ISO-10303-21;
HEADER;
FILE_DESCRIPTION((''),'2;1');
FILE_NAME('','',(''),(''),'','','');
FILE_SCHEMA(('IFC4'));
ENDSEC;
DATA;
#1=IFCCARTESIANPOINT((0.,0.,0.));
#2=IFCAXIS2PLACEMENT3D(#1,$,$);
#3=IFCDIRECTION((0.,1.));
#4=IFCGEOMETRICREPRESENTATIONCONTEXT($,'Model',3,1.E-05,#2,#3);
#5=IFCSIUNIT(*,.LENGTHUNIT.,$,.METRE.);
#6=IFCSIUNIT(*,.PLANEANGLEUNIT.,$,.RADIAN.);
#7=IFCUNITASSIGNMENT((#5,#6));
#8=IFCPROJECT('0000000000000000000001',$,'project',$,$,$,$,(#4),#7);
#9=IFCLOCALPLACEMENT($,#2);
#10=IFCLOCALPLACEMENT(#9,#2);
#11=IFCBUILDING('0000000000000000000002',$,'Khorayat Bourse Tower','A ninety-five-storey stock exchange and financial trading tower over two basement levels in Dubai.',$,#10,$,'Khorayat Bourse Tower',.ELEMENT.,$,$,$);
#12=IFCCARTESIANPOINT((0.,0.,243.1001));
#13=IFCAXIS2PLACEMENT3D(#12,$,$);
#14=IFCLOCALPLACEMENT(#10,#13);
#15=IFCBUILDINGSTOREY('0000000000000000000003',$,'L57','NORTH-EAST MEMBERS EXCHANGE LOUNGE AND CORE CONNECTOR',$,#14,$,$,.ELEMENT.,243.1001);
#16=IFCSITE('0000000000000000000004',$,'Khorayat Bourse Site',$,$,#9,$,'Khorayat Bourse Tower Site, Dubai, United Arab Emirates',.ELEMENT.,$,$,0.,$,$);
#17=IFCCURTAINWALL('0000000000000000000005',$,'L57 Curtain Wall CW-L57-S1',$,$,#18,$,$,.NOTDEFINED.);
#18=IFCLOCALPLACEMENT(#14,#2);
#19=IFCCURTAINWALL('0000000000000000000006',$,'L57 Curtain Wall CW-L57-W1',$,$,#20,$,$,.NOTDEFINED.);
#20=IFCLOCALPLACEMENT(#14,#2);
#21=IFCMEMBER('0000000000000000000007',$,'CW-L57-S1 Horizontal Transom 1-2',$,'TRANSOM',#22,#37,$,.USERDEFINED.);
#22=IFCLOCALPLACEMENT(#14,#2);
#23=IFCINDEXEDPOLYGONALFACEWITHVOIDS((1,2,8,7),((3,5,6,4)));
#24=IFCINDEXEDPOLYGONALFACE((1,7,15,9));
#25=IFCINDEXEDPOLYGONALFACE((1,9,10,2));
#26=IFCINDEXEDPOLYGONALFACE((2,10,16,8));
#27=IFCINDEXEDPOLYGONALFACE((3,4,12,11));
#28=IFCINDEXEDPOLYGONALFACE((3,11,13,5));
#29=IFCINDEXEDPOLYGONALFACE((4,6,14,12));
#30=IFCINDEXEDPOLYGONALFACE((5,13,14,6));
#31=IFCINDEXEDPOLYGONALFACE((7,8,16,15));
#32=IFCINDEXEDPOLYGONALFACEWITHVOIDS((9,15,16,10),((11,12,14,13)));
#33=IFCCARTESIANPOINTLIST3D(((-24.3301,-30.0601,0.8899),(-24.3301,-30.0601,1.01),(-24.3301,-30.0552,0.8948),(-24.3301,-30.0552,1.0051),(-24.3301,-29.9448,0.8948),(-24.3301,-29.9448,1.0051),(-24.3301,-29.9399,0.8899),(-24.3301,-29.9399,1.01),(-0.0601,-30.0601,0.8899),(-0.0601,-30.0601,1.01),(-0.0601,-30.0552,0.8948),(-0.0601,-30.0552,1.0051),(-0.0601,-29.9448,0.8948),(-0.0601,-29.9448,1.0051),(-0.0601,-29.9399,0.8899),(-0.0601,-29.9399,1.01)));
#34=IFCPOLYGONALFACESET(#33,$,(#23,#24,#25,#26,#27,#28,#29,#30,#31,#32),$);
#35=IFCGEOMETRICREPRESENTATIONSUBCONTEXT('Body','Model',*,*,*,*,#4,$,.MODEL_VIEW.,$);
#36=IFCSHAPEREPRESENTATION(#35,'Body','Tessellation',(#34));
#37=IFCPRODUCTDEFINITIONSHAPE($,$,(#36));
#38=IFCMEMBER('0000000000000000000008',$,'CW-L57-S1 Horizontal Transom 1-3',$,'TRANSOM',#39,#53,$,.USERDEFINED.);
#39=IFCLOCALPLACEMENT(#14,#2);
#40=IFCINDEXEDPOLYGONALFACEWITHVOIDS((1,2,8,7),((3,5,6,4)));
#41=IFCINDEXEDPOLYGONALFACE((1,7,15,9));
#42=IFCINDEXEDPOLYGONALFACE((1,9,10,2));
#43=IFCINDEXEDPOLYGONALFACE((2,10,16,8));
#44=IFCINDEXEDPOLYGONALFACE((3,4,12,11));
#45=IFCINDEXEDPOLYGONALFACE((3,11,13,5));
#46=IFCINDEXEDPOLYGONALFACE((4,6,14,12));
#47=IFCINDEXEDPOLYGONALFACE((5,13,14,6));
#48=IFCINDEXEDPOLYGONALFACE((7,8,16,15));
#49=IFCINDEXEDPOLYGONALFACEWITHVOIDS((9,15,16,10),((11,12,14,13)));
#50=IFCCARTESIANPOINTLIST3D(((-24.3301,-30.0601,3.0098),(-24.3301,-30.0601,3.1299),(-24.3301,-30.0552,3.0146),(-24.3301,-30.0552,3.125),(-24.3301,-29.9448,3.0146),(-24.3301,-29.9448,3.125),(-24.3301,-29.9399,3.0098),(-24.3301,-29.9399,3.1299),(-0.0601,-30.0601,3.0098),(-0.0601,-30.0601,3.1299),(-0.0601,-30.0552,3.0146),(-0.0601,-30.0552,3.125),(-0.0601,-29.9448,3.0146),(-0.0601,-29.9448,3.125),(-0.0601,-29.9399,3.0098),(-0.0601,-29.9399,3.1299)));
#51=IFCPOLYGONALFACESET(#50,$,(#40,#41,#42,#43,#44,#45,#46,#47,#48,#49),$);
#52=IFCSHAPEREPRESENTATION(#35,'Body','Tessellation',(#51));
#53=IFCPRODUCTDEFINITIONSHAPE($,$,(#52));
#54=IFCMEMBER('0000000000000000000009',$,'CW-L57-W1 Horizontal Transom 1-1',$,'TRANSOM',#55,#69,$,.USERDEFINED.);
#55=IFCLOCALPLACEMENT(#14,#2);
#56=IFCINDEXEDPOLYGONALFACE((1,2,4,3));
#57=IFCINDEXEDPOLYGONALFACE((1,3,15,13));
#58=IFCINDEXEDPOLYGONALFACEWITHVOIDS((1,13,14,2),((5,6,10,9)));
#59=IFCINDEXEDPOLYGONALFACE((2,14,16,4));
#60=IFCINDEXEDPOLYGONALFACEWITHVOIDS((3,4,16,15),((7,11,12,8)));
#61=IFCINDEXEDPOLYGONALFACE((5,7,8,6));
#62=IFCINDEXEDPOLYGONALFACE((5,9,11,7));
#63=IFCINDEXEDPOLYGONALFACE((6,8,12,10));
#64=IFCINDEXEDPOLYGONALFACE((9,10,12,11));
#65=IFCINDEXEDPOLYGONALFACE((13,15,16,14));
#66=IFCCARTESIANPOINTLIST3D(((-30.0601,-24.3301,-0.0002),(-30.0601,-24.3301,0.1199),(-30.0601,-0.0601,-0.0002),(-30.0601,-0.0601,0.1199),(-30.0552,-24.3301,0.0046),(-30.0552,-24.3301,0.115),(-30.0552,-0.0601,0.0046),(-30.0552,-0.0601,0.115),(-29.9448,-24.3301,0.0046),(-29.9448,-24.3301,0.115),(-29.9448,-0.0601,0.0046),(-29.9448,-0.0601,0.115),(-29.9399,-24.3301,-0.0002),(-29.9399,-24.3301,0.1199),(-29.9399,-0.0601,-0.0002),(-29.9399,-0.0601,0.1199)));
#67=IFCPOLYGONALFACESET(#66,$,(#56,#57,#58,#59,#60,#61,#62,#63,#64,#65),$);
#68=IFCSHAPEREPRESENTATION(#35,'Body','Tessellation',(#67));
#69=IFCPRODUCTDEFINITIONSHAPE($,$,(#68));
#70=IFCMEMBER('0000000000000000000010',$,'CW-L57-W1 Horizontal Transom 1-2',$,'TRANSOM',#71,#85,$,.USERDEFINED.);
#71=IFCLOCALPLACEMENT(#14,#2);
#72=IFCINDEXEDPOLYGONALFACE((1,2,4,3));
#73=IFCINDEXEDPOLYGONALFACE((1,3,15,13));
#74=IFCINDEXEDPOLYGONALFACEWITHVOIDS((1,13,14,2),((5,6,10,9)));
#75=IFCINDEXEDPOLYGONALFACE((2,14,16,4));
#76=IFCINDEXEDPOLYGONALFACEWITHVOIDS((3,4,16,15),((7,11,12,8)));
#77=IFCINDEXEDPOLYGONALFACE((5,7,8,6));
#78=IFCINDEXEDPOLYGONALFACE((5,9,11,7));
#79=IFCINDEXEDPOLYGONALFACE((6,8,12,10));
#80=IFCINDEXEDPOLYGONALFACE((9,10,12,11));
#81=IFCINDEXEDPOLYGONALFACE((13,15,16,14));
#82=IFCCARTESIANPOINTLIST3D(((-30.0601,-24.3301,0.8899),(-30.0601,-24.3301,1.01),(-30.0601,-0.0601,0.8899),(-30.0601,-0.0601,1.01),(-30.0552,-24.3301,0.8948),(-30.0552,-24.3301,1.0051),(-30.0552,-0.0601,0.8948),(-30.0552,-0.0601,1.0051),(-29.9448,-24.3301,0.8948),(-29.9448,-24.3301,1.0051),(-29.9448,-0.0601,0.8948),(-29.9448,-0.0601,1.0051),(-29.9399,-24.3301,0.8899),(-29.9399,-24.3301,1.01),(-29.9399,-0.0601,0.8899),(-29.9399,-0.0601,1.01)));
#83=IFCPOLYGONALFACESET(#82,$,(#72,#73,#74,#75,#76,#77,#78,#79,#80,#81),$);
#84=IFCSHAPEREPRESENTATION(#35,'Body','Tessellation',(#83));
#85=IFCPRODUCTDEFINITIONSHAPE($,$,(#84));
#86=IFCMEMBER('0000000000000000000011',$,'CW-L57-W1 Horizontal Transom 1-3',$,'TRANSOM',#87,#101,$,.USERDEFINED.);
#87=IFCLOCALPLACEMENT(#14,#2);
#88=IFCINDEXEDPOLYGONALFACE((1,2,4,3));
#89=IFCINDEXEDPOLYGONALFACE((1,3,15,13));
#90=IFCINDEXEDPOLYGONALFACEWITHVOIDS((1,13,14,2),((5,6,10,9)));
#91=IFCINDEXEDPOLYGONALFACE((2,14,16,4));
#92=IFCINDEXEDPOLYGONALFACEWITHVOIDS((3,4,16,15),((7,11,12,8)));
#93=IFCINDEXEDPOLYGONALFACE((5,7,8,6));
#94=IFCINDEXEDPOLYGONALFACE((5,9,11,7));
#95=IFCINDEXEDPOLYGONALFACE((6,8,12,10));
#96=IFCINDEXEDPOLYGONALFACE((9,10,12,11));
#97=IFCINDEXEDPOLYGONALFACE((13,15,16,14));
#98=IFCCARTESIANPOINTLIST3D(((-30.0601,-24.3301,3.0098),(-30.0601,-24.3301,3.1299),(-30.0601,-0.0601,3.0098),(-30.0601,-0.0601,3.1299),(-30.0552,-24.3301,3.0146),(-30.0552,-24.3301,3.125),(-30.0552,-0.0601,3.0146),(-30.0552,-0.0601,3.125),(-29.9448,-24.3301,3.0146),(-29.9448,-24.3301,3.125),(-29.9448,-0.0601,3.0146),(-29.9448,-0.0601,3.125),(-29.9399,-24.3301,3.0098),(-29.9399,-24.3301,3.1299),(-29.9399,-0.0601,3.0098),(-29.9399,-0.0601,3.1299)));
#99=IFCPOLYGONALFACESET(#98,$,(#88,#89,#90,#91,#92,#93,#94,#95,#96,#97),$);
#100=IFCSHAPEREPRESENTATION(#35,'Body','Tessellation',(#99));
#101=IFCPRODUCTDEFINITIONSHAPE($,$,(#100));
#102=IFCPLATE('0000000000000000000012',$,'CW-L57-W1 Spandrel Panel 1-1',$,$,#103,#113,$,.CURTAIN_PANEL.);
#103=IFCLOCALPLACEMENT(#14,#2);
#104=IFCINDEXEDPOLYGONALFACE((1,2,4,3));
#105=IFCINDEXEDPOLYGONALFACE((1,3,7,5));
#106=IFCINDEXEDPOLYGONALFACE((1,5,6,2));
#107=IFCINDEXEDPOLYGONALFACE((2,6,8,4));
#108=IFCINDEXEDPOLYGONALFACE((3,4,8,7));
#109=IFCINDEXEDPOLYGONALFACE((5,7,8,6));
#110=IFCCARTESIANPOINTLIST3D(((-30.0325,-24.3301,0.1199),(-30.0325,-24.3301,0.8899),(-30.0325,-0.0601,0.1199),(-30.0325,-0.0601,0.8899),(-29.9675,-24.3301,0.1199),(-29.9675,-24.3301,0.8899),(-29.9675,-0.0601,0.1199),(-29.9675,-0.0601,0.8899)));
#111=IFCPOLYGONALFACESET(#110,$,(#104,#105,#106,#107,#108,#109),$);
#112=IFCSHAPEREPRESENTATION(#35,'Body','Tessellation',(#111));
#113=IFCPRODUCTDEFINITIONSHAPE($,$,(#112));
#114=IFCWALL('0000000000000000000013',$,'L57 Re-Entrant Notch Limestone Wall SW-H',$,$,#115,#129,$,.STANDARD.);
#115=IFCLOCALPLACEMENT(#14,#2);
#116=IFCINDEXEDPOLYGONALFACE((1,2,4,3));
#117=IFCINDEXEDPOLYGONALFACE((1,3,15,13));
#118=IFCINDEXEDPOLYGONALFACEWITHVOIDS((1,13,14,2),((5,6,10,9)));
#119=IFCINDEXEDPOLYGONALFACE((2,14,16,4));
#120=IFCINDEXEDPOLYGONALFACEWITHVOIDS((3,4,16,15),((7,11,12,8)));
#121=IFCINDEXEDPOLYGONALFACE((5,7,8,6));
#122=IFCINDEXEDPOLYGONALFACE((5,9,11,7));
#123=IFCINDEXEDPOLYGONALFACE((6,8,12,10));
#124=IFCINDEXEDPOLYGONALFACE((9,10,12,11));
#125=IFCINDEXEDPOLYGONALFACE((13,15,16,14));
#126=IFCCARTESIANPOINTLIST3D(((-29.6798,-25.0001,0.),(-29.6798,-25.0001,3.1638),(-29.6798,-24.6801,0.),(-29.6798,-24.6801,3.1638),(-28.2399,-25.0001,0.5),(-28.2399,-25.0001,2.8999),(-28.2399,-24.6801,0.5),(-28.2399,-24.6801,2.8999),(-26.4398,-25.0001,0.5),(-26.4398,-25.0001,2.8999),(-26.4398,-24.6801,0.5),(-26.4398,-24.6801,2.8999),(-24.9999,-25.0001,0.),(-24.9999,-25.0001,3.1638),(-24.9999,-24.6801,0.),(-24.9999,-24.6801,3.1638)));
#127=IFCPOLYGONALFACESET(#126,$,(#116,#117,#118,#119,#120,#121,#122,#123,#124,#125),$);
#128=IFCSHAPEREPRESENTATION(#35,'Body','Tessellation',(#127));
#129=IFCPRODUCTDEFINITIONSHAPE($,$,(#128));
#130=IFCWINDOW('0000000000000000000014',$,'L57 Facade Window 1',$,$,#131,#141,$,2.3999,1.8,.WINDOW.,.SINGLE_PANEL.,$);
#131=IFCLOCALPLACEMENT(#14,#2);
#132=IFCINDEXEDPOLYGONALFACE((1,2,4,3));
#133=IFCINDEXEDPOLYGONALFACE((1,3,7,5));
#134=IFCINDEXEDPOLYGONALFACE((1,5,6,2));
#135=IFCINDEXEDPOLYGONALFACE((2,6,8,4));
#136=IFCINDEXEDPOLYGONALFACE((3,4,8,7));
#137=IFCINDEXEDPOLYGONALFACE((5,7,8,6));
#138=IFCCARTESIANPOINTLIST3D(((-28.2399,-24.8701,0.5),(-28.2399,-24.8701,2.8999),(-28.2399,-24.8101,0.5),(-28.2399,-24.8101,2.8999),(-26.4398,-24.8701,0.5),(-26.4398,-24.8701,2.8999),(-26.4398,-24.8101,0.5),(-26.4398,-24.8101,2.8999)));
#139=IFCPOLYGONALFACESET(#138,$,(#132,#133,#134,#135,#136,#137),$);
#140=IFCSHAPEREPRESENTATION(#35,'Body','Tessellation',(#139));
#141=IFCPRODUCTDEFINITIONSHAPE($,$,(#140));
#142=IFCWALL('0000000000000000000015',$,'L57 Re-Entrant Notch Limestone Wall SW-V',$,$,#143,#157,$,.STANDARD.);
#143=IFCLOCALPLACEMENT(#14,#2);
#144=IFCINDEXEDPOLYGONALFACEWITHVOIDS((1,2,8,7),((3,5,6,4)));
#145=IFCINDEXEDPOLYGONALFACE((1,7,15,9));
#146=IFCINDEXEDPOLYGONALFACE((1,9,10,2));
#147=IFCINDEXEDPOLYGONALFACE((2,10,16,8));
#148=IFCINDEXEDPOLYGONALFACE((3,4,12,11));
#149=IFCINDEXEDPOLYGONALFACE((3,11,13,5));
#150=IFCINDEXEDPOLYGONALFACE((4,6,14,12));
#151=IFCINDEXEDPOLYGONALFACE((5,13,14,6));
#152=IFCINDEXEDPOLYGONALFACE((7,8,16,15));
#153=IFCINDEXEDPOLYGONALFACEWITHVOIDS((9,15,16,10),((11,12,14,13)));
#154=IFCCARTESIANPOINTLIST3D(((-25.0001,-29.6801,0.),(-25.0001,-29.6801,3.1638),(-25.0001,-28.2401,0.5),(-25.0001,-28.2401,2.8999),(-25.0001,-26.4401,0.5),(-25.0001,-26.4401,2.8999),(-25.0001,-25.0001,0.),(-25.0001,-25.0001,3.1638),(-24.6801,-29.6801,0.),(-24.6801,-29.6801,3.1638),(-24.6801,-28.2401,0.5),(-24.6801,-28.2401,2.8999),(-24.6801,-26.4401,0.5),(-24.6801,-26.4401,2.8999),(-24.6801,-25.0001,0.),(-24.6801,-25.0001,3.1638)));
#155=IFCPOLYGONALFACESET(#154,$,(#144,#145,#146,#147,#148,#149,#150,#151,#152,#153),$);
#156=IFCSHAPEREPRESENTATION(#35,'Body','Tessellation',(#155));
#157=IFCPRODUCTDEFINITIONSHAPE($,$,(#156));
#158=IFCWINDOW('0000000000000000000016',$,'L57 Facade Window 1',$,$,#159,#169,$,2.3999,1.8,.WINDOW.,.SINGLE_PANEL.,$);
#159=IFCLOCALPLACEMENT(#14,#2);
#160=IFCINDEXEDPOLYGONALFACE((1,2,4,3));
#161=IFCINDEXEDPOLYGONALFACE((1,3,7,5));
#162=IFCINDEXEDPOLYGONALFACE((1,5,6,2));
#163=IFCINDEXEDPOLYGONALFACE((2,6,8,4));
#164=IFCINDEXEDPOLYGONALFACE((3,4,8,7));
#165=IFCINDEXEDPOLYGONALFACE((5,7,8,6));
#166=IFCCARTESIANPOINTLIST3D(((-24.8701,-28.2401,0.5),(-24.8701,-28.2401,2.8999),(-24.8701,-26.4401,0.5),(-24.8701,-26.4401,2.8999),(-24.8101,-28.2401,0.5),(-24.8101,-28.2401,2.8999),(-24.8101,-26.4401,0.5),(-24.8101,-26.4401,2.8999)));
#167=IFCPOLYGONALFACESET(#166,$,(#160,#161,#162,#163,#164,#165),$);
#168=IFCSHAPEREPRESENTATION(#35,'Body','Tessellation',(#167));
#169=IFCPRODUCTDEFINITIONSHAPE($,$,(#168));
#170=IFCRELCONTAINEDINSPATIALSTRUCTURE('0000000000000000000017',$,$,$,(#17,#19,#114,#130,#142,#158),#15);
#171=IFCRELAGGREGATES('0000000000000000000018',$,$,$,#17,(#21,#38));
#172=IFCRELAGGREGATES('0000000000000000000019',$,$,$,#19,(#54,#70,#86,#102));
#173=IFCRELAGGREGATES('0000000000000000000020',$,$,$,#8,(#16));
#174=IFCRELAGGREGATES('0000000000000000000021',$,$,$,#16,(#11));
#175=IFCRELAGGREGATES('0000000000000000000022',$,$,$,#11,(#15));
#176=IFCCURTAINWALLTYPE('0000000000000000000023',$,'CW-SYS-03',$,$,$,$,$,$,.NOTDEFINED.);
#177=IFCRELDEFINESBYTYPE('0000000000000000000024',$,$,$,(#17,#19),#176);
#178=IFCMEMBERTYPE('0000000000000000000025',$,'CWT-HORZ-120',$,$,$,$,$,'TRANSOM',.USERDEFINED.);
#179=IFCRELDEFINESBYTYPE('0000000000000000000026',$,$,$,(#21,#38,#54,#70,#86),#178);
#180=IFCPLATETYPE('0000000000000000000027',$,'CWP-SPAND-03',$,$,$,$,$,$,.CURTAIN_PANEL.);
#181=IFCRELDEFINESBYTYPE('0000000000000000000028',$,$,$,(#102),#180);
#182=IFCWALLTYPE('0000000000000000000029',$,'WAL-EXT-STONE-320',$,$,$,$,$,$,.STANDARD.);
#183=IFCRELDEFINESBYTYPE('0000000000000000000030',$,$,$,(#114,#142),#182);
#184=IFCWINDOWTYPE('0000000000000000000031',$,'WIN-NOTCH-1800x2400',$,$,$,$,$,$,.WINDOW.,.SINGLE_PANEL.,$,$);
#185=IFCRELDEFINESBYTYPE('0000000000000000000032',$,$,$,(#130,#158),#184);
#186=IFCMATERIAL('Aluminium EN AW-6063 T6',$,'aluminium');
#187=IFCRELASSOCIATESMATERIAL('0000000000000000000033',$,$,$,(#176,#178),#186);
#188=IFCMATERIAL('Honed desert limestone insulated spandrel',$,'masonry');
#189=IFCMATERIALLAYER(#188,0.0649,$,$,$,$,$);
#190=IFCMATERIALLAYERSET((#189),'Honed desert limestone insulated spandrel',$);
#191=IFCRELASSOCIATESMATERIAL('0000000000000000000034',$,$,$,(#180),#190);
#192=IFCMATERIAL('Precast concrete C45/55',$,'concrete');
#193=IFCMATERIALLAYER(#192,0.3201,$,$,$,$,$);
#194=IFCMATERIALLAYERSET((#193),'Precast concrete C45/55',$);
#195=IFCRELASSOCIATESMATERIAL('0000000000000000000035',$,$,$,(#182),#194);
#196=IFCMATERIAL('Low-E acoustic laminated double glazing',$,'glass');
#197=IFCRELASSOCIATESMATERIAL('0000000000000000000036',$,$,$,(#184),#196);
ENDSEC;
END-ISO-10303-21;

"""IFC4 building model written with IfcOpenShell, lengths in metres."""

from ifc_helpers import new_model, si_unit, direction, frame, frame_2d, origin, origin_2d, place, context, subcontext, project, spatial, rectangle, hollow_rectangle, extrude, source, transform, mapped, material, layer, layer_set, material_profile, profile_set, type_object, element, fill, aggregate, save


model = new_model("IFC4")

# Units and contexts
model_context = context("Model", 3, precision=1e-05, world=origin(), true_north=direction((0.0, 1.0)))
body_context = subcontext(model_context, "Body", "Model", "MODEL_VIEW")
ifc_project = project(units=[si_unit("LENGTHUNIT", "METRE"), si_unit("PLANEANGLEUNIT", "RADIAN")], contexts=[model_context])

# Site, building, storey
site_placement = place(None, origin())
site = spatial("IfcSite", under=ifc_project, at=site_placement, Name="Khorayat Bourse Site", LongName="Khorayat Bourse Tower Site, Dubai, United Arab Emirates", CompositionType="ELEMENT", RefElevation=0.0)
building_placement = place(site_placement, origin())
building = spatial("IfcBuilding", under=site, at=building_placement, Name="Khorayat Bourse Tower", Description="A ninety-five-storey stock exchange and financial trading tower over two basement levels in Dubai.", LongName="Khorayat Bourse Tower", CompositionType="ELEMENT")
storey_placement = place(building_placement, frame((0.0, 0.0, 243.1001)))
storey = spatial("IfcBuildingStorey", under=building, at=storey_placement, Name="L57", Description="NORTH-EAST MEMBERS EXCHANGE LOUNGE AND CORE CONNECTOR", CompositionType="ELEMENT", Elevation=243.1001)

# Curtain wall
ifc_material_1 = material(Name="Aluminium EN AW-6063 T6", Category="aluminium")
curtain_wall_type = type_object("IfcCurtainWallType", Name="CW-SYS-03", PredefinedType="NOTDEFINED", material=ifc_material_1)
curtain_wall_1_placement = place(storey_placement, origin())
curtain_wall_1 = element("IfcCurtainWall", 1, at=curtain_wall_1_placement, inside=storey, type_object=curtain_wall_type, Name="L57 Curtain Wall CW-L57-S1", PredefinedType="NOTDEFINED")

# Curtain wall
curtain_wall_2_placement = place(storey_placement, origin())
curtain_wall_2 = element("IfcCurtainWall", 2, at=curtain_wall_2_placement, inside=storey, type_object=curtain_wall_type, Name="L57 Curtain Wall CW-L57-W1", PredefinedType="NOTDEFINED")

# Members
ifc_material_profile_1 = material_profile(ifc_material_1, hollow_rectangle(XDim=0.1201, YDim=0.1201, WallThickness=0.0049, at=origin_2d()), Name="ALU 120x120x5")
ifc_profile_set_1 = profile_set([ifc_material_profile_1], Name="Aluminium EN AW-6063 T6")
member_type_1 = type_object("IfcMemberType", Name="CWT-HORZ-120", ElementType="TRANSOM", PredefinedType="USERDEFINED", material=ifc_profile_set_1)
shared_shape_1 = source(origin(), body_context, "Body", "SweptSolid", [
    extrude(hollow_rectangle(XDim=0.1201, YDim=0.1201, WallThickness=0.0049, at=origin_2d()), origin(), (0.0, 0.0, 1.0), 24.27),
])
member_1_placement = place(storey_placement, frame((-24.3301, -30.0, 0.95), z_axis=(1.0, 0.0, 0.0), x_axis=(0.0, 1.0, 0.0)))
member_1 = element("IfcMember", 3, at=member_1_placement, type_object=member_type_1, Name="CW-L57-S1 Horizontal Transom 1-2", ObjectType="TRANSOM", PredefinedType="USERDEFINED", context=body_context, shape_type="MappedRepresentation", body=[
    mapped(shared_shape_1, transform((0.0, 0.0, 0.0), scale=1.0)),
])
member_2_placement = place(storey_placement, frame((-24.3301, -30.0, 3.0698), z_axis=(1.0, 0.0, 0.0), x_axis=(0.0, 1.0, 0.0)))
member_2 = element("IfcMember", 4, at=member_2_placement, type_object=member_type_1, Name="CW-L57-S1 Horizontal Transom 1-3", ObjectType="TRANSOM", PredefinedType="USERDEFINED", context=body_context, shape_type="MappedRepresentation", body=[
    mapped(shared_shape_1, transform((0.0, 0.0, 0.0), scale=1.0)),
])
aggregate(curtain_wall_1, [member_1, member_2])
member_3_placement = place(storey_placement, frame((-30.0, -24.3301, 0.0598), z_axis=(0.0, 1.0, 0.0), x_axis=(-1.0, 0.0, 0.0)))
member_3 = element("IfcMember", 5, at=member_3_placement, type_object=member_type_1, Name="CW-L57-W1 Horizontal Transom 1-1", ObjectType="TRANSOM", PredefinedType="USERDEFINED", context=body_context, shape_type="MappedRepresentation", body=[
    mapped(shared_shape_1, transform((0.0, 0.0, 0.0), scale=1.0)),
])
member_4_placement = place(storey_placement, frame((-30.0, -24.3301, 0.95), z_axis=(0.0, 1.0, 0.0), x_axis=(-1.0, 0.0, 0.0)))
member_4 = element("IfcMember", 6, at=member_4_placement, type_object=member_type_1, Name="CW-L57-W1 Horizontal Transom 1-2", ObjectType="TRANSOM", PredefinedType="USERDEFINED", context=body_context, shape_type="MappedRepresentation", body=[
    mapped(shared_shape_1, transform((0.0, 0.0, 0.0), scale=1.0)),
])
member_5_placement = place(storey_placement, frame((-30.0, -24.3301, 3.0698), z_axis=(0.0, 1.0, 0.0), x_axis=(-1.0, 0.0, 0.0)))
member_5 = element("IfcMember", 7, at=member_5_placement, type_object=member_type_1, Name="CW-L57-W1 Horizontal Transom 1-3", ObjectType="TRANSOM", PredefinedType="USERDEFINED", context=body_context, shape_type="MappedRepresentation", body=[
    mapped(shared_shape_1, transform((0.0, 0.0, 0.0), scale=1.0)),
])

# Plate
ifc_material_2 = material(Name="Honed desert limestone insulated spandrel", Category="masonry")
ifc_layer_1 = layer(ifc_material_2, 0.0649)
ifc_layer_set_1 = layer_set([ifc_layer_1], Name="Honed desert limestone insulated spandrel")
plate_type = type_object("IfcPlateType", Name="CWP-SPAND-03", PredefinedType="CURTAIN_PANEL", material=ifc_layer_set_1)
shared_shape_2 = source(origin(), body_context, "Body", "SweptSolid", [
    extrude(rectangle(XDim=24.27, YDim=0.0649, at=origin_2d()), origin(), (0.0, 0.0, 1.0), 0.77),
])
plate_placement = place(storey_placement, frame((-30.0, -12.1951, 0.1199), z_axis=(0.0, 0.0, 1.0), x_axis=(0.0, 1.0, 0.0)))
plate = element("IfcPlate", 8, at=plate_placement, type_object=plate_type, Name="CW-L57-W1 Spandrel Panel 1-1", PredefinedType="CURTAIN_PANEL", context=body_context, shape_type="MappedRepresentation", body=[
    mapped(shared_shape_2, transform((0.0, 0.0, 0.0), scale=1.0)),
])
aggregate(curtain_wall_2, [member_3, member_4, member_5, plate])

# Walls, openings, windows
ifc_material_3 = material(Name="Precast concrete C45/55", Category="concrete")
ifc_layer_2 = layer(ifc_material_3, 0.3201)
ifc_layer_set_2 = layer_set([ifc_layer_2], Name="Precast concrete C45/55")
wall_type_1 = type_object("IfcWallType", Name="WAL-EXT-STONE-320", PredefinedType="STANDARD", material=ifc_layer_set_2)
shared_shape_3 = source(origin(), body_context, "Body", "SweptSolid", [
    extrude(rectangle(XDim=4.6799, YDim=0.3201, at=frame_2d((2.3398, 0.0))), origin(), (0.0, 0.0, 1.0), 3.1638),
])
wall_1_placement = place(storey_placement, frame((-25.0, -24.8401, 0.0), z_axis=(0.0, 0.0, 1.0), x_axis=(-1.0, 0.0, 0.0)))
wall_1 = element("IfcWall", 9, at=wall_1_placement, inside=storey, type_object=wall_type_1, Name="L57 Re-Entrant Notch Limestone Wall SW-H", PredefinedType="STANDARD", context=body_context, shape_type="MappedRepresentation", body=[
    mapped(shared_shape_3, transform((0.0, 0.0, 0.0), scale=1.0)),
])
shared_shape_4 = source(origin(), body_context, "Body", "SweptSolid", [
    extrude(rectangle(XDim=1.8, YDim=2.3999, at=frame_2d((0.8999, 1.2))), frame((0.0, 0.1699, 0.0), z_axis=(0.0, -1.0, 0.0), x_axis=(1.0, 0.0, 0.0)), (0.0, 0.0, 1.0), 0.3401),
])
opening_1_placement = place(wall_1_placement, frame((1.4399, 0.0, 0.5)))
opening_1 = element("IfcOpeningElement", 10, at=opening_1_placement, cuts=wall_1, PredefinedType="OPENING", context=body_context, shape_type="MappedRepresentation", body=[
    mapped(shared_shape_4, transform((0.0, 0.0, 0.0), scale=1.0)),
])
ifc_material_4 = material(Name="Low-E acoustic laminated double glazing", Category="glass")
window_type = type_object("IfcWindowType", Name="WIN-NOTCH-1800x2400", PartitioningType="SINGLE_PANEL", PredefinedType="WINDOW", material=ifc_material_4)
shared_shape_5 = source(origin(), body_context, "Body", "SweptSolid", [
    extrude(rectangle(XDim=1.8, YDim=2.3999, at=frame_2d((0.8999, 1.2))), frame((0.0, 0.03, 0.0), z_axis=(0.0, -1.0, 0.0), x_axis=(1.0, 0.0, 0.0)), (0.0, 0.0, 1.0), 0.0601),
])
window_1_placement = place(opening_1_placement, origin())
window_1 = element("IfcWindow", 11, at=window_1_placement, inside=storey, type_object=window_type, Name="L57 Facade Window 1", OverallHeight=2.3999, OverallWidth=1.8, PartitioningType="SINGLE_PANEL", PredefinedType="WINDOW", context=body_context, shape_type="MappedRepresentation", body=[
    mapped(shared_shape_5, transform((0.0, 0.0, 0.0), scale=1.0)),
])
fill(opening_1, window_1)
wall_2_placement = place(storey_placement, frame((-24.8401, -29.6799, 0.0), z_axis=(0.0, 0.0, 1.0), x_axis=(0.0, 1.0, 0.0)))
wall_2 = element("IfcWall", 12, at=wall_2_placement, inside=storey, type_object=wall_type_1, Name="L57 Re-Entrant Notch Limestone Wall SW-V", PredefinedType="STANDARD", context=body_context, shape_type="MappedRepresentation", body=[
    mapped(shared_shape_3, transform((0.0, 0.0, 0.0), scale=1.0)),
])
opening_2_placement = place(wall_2_placement, frame((1.4399, 0.0, 0.5)))
opening_2 = element("IfcOpeningElement", 13, at=opening_2_placement, cuts=wall_2, PredefinedType="OPENING", context=body_context, shape_type="MappedRepresentation", body=[
    mapped(shared_shape_4, transform((0.0, 0.0, 0.0), scale=1.0)),
])
window_2_placement = place(opening_2_placement, origin())
window_2 = element("IfcWindow", 14, at=window_2_placement, inside=storey, type_object=window_type, Name="L57 Facade Window 1", OverallHeight=2.3999, OverallWidth=1.8, PartitioningType="SINGLE_PANEL", PredefinedType="WINDOW", context=body_context, shape_type="MappedRepresentation", body=[
    mapped(shared_shape_5, transform((0.0, 0.0, 0.0), scale=1.0)),
])
fill(opening_2, window_2)

save(model, "model.ifc")
